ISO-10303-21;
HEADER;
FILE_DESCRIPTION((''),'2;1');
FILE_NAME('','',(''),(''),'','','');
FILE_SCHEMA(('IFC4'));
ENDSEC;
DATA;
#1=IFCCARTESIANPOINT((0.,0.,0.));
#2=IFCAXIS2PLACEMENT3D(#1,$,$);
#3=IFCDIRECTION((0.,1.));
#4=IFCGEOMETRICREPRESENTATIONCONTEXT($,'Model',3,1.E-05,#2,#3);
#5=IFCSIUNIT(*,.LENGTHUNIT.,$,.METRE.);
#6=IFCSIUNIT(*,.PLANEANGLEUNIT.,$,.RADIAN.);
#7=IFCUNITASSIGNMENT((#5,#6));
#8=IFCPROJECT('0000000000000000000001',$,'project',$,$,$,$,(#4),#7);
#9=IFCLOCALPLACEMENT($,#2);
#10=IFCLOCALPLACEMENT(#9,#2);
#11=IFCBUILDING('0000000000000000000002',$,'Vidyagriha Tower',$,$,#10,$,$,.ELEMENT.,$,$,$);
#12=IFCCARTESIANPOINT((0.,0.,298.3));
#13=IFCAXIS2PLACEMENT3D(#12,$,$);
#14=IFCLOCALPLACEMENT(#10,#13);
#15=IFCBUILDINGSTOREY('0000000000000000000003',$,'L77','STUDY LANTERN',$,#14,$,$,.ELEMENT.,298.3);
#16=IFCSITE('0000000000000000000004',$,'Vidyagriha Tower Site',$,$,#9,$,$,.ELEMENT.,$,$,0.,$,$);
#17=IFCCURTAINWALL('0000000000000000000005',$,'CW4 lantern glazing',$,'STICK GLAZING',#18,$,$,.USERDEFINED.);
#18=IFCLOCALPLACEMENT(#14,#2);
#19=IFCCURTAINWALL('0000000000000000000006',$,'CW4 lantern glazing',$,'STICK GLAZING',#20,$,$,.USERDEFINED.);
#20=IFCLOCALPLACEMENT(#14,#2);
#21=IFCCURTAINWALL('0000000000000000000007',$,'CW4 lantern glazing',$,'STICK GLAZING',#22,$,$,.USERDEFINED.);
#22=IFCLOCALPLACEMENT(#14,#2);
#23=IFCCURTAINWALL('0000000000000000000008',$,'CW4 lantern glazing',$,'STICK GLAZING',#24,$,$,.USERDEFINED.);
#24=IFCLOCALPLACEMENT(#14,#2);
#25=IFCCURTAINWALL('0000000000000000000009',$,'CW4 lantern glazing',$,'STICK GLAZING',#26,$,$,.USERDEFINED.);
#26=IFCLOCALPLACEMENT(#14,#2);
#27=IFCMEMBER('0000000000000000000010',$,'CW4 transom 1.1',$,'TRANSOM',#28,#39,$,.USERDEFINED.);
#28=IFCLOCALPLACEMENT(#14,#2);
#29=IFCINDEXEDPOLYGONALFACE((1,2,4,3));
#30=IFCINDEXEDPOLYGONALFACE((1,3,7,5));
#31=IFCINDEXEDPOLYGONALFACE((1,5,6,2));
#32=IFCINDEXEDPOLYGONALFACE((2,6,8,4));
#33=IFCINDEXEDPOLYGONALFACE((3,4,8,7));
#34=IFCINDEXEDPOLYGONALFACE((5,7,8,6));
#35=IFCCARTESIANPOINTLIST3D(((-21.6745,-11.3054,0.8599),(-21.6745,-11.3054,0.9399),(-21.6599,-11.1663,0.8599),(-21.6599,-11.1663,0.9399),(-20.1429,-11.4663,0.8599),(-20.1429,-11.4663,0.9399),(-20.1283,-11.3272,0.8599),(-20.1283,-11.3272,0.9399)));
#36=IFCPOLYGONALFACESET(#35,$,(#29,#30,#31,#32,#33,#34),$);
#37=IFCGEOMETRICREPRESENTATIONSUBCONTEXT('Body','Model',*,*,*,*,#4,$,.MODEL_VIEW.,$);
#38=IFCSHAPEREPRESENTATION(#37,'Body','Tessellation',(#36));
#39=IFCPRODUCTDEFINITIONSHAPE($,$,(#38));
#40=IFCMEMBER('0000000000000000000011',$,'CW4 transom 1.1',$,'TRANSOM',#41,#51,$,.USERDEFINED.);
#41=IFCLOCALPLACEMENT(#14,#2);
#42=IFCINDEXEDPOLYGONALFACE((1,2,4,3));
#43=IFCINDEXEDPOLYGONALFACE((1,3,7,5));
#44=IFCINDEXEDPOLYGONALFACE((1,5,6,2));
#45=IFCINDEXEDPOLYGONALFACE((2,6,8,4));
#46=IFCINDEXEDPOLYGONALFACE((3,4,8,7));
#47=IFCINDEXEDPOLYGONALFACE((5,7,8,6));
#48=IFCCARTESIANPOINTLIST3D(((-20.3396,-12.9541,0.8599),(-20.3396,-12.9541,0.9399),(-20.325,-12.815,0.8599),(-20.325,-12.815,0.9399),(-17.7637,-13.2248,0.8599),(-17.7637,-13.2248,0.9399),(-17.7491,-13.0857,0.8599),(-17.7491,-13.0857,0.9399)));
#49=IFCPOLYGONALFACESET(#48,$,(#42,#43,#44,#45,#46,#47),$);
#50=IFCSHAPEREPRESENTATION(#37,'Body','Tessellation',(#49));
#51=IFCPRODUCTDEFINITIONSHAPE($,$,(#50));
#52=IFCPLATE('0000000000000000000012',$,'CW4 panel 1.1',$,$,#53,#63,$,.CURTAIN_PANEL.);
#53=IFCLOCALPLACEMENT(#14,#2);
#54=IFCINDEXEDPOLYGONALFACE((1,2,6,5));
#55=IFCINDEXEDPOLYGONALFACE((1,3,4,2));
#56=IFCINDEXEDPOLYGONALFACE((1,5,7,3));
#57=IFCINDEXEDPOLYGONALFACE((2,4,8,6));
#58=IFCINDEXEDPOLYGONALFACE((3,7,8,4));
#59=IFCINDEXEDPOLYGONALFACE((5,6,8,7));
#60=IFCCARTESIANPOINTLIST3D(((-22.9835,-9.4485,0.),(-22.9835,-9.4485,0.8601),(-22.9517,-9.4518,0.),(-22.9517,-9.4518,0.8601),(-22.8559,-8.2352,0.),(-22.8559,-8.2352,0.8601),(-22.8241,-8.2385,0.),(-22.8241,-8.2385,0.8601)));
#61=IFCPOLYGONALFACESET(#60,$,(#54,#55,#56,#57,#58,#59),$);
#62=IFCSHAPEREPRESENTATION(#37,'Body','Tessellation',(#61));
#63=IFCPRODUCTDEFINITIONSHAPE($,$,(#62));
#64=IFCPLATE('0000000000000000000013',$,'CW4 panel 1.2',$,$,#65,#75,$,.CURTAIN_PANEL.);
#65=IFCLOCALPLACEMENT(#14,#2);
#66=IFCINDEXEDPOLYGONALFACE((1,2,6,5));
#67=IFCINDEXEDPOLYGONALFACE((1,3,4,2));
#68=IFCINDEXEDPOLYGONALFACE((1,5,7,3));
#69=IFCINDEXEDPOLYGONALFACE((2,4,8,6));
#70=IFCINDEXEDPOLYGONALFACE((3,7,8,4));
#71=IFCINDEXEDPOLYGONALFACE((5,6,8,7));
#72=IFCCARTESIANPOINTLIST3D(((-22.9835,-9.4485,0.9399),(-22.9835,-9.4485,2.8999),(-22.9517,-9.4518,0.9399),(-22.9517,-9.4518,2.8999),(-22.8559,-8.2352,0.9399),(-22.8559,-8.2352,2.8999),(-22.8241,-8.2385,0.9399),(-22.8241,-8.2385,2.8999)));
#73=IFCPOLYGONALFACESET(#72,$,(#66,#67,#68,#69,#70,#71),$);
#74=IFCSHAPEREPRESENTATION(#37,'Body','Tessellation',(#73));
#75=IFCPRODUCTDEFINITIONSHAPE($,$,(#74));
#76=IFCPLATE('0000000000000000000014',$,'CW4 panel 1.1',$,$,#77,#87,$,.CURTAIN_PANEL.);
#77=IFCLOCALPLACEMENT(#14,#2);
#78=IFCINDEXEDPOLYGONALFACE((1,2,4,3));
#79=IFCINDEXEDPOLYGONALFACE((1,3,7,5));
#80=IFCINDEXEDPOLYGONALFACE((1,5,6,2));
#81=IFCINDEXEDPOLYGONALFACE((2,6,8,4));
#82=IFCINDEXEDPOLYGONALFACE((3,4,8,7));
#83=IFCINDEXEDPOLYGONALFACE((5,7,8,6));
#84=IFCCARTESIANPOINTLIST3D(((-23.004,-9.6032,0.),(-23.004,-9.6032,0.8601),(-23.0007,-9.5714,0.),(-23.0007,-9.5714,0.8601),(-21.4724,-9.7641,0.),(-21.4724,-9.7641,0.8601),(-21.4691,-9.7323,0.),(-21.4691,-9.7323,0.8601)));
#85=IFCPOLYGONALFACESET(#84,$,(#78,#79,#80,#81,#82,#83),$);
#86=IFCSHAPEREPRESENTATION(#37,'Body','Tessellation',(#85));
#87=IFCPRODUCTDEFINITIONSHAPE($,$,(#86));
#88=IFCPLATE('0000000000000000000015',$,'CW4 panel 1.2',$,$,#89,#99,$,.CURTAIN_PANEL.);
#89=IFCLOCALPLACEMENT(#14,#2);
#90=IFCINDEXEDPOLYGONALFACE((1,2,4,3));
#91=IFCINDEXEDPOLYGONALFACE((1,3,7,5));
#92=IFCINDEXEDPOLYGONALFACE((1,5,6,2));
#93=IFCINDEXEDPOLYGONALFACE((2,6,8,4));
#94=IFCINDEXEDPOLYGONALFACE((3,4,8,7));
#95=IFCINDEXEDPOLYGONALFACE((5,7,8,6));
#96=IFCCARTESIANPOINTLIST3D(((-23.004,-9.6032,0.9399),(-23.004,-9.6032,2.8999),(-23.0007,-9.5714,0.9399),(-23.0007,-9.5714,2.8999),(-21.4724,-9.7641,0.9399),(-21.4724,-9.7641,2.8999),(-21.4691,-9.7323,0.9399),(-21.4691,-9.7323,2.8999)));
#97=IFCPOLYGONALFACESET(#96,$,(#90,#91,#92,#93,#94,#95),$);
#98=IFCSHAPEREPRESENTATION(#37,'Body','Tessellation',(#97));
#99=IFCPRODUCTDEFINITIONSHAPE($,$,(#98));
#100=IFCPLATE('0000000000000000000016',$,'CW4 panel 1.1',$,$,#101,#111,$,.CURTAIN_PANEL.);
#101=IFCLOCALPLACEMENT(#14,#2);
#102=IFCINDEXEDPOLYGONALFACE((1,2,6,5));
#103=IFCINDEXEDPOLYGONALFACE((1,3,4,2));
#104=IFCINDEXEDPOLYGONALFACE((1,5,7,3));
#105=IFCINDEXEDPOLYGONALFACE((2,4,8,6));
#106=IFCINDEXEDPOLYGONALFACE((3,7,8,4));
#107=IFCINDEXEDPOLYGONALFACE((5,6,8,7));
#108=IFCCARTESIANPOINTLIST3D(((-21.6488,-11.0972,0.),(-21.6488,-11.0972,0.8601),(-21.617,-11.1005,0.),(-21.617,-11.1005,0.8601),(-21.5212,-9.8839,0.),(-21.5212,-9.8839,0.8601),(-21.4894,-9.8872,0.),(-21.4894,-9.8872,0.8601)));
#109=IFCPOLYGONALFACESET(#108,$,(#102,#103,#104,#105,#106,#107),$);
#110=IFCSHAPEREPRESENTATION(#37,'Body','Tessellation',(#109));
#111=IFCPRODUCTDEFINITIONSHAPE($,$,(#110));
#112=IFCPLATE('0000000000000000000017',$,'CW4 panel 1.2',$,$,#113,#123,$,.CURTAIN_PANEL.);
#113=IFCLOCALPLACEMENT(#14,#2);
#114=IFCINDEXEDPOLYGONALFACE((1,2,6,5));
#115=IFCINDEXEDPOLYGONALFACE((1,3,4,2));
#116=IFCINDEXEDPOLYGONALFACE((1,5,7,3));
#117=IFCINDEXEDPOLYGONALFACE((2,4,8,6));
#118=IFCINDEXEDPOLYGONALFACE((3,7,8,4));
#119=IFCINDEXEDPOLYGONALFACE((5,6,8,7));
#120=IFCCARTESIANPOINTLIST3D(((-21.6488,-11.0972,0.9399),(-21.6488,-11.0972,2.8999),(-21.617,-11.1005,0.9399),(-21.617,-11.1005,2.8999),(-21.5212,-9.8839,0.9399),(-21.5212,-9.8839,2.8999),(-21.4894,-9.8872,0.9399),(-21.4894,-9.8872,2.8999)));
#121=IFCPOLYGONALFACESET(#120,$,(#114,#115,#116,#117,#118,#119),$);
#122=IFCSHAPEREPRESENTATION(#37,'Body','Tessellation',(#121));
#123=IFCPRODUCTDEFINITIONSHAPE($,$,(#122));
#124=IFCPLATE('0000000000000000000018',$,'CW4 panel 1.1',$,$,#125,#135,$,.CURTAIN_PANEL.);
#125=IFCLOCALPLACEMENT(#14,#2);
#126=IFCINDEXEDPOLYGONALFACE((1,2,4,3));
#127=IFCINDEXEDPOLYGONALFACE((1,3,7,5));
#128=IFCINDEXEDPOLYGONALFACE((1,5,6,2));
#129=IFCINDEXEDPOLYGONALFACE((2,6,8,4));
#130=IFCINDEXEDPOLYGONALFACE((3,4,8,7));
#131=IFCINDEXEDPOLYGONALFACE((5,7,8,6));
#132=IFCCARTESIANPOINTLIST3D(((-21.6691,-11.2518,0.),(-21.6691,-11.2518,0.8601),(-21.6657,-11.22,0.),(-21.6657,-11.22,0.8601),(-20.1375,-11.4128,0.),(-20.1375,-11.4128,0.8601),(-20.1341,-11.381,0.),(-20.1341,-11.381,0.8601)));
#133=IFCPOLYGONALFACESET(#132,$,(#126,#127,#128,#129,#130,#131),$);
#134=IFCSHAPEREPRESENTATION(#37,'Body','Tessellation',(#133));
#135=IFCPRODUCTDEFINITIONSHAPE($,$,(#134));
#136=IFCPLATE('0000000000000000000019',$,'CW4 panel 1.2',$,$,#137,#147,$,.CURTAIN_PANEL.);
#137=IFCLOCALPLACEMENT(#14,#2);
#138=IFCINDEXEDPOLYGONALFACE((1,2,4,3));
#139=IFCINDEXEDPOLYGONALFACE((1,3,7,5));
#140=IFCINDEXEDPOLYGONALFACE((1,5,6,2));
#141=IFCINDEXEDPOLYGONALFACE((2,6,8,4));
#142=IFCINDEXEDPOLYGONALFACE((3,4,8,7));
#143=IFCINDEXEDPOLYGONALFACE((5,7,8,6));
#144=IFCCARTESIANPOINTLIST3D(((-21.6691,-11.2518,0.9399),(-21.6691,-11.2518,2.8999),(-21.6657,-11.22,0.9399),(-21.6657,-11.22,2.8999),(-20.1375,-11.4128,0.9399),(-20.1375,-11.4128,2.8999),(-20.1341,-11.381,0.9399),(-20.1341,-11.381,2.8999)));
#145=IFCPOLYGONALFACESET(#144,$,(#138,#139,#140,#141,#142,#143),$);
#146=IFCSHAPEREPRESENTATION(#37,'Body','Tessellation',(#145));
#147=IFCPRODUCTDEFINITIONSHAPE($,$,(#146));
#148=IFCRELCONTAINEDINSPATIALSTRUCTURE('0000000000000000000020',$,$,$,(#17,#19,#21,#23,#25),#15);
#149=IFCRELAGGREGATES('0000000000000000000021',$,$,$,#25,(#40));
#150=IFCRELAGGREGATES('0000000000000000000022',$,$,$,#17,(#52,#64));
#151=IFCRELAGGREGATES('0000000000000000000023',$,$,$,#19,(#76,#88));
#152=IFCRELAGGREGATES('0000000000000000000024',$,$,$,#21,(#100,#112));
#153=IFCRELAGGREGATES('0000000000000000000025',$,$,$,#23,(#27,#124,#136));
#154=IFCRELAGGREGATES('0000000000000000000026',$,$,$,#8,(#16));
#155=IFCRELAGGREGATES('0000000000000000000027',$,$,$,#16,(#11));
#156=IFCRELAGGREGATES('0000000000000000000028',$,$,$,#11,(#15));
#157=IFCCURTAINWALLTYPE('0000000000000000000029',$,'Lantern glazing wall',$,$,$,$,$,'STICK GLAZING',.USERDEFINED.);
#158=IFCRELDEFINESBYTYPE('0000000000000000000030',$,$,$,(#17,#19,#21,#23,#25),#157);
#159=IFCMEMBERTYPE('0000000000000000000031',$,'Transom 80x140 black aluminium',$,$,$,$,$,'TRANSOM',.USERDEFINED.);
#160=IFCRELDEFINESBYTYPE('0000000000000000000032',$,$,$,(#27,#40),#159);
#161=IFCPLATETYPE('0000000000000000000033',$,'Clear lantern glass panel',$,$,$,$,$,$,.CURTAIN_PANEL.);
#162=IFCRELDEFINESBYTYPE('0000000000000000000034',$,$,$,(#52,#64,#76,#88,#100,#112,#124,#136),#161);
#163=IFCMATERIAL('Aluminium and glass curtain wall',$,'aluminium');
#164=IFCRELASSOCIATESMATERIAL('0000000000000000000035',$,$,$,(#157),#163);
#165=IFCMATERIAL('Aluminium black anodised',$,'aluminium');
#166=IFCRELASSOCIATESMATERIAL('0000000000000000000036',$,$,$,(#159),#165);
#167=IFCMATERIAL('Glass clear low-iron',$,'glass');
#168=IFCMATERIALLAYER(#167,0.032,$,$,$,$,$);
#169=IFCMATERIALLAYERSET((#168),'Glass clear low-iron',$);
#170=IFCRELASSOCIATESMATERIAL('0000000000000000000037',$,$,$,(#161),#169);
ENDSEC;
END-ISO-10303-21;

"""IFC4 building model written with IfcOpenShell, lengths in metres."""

from ifc_helpers import new_model, si_unit, direction, frame, origin, origin_2d, place, context, subcontext, project, spatial, rectangle, extrude, material, layer, layer_set, material_profile, profile_set, type_object, element, aggregate, save


model = new_model("IFC4")

# Units and contexts
model_context = context("Model", 3, precision=1e-05, world=origin(), true_north=direction((0.0, 1.0)))
body_context = subcontext(model_context, "Body", "Model", "MODEL_VIEW")
ifc_project = project(units=[si_unit("LENGTHUNIT", "METRE"), si_unit("PLANEANGLEUNIT", "RADIAN")], contexts=[model_context])

# Site, building, storey
site_placement = place(None, origin())
site = spatial("IfcSite", under=ifc_project, at=site_placement, Name="Vidyagriha Tower Site", CompositionType="ELEMENT", RefElevation=0.0)
building_placement = place(site_placement, origin())
building = spatial("IfcBuilding", under=site, at=building_placement, Name="Vidyagriha Tower", CompositionType="ELEMENT")
storey_placement = place(building_placement, frame((0.0, 0.0, 298.3)))
storey = spatial("IfcBuildingStorey", under=building, at=storey_placement, Name="L77", Description="STUDY LANTERN", CompositionType="ELEMENT", Elevation=298.3)

# Curtain wall
ifc_material_1 = material(Name="Aluminium and glass curtain wall", Category="aluminium")
curtain_wall_type = type_object("IfcCurtainWallType", Name="Lantern glazing wall", ElementType="STICK GLAZING", PredefinedType="USERDEFINED", material=ifc_material_1)
curtain_wall_1_placement = place(storey_placement, origin())
curtain_wall_1 = element("IfcCurtainWall", 1, at=curtain_wall_1_placement, inside=storey, type_object=curtain_wall_type, Name="CW4 lantern glazing", ObjectType="STICK GLAZING", PredefinedType="USERDEFINED")

# Curtain walls
curtain_wall_2_placement = place(storey_placement, origin())
curtain_wall_2 = element("IfcCurtainWall", 2, at=curtain_wall_2_placement, inside=storey, type_object=curtain_wall_type, Name="CW4 lantern glazing", ObjectType="STICK GLAZING", PredefinedType="USERDEFINED")
curtain_wall_3_placement = place(storey_placement, origin())
curtain_wall_3 = element("IfcCurtainWall", 3, at=curtain_wall_3_placement, inside=storey, type_object=curtain_wall_type, Name="CW4 lantern glazing", ObjectType="STICK GLAZING", PredefinedType="USERDEFINED")

# Curtain walls
curtain_wall_4_placement = place(storey_placement, origin())
curtain_wall_4 = element("IfcCurtainWall", 4, at=curtain_wall_4_placement, inside=storey, type_object=curtain_wall_type, Name="CW4 lantern glazing", ObjectType="STICK GLAZING", PredefinedType="USERDEFINED")
curtain_wall_5_placement = place(storey_placement, origin())
curtain_wall_5 = element("IfcCurtainWall", 5, at=curtain_wall_5_placement, inside=storey, type_object=curtain_wall_type, Name="CW4 lantern glazing", ObjectType="STICK GLAZING", PredefinedType="USERDEFINED")

# Members
ifc_material_2 = material(Name="Aluminium black anodised", Category="aluminium")
ifc_material_profile_1 = material_profile(ifc_material_2, rectangle(XDim=0.1399, YDim=0.0801, at=origin_2d()), Name="Transom 80x140 black aluminium")
ifc_profile_set_1 = profile_set([ifc_material_profile_1], Name="Aluminium black anodised")
member_type_1 = type_object("IfcMemberType", Name="Transom 80x140 black aluminium", ElementType="TRANSOM", PredefinedType="USERDEFINED", material=ifc_profile_set_1)
member_1_placement = place(storey_placement, frame((-21.6672, -11.2358, 0.8999), z_axis=(0.994527, -0.104478, 0.0), x_axis=(0.104478, 0.994527, 0.0)))
member_1 = element("IfcMember", 6, at=member_1_placement, type_object=member_type_1, Name="CW4 transom 1.1", ObjectType="TRANSOM", PredefinedType="USERDEFINED", context=body_context, shape_type="SweptSolid", body=[
    extrude(rectangle(XDim=0.1399, YDim=0.0801, at=origin_2d()), origin(), (0.0, 0.0, 1.0), 1.54),
])
member_2_placement = place(storey_placement, frame((-20.3323, -12.8845, 0.8999), z_axis=(0.994521, -0.104533, 0.0), x_axis=(0.104533, 0.994521, 0.0)))
member_2 = element("IfcMember", 7, at=member_2_placement, type_object=member_type_1, Name="CW4 transom 1.1", ObjectType="TRANSOM", PredefinedType="USERDEFINED", context=body_context, shape_type="SweptSolid", body=[
    extrude(rectangle(XDim=0.1399, YDim=0.0801, at=origin_2d()), origin(), (0.0, 0.0, 1.0), 2.5901),
])
aggregate(curtain_wall_5, [member_2])

# Plates
ifc_material_3 = material(Name="Glass clear low-iron", Category="glass")
ifc_layer = layer(ifc_material_3, 0.032)
ifc_layer_set = layer_set([ifc_layer], Name="Glass clear low-iron")
plate_type = type_object("IfcPlateType", Name="Clear lantern glass panel", PredefinedType="CURTAIN_PANEL", material=ifc_layer_set)
plate_1_placement = place(storey_placement, frame((-22.9038, -8.8435, 0.0), z_axis=(0.0, 0.0, 1.0), x_axis=(-0.104557, -0.994519, 0.0)))
plate_1 = element("IfcPlate", 8, at=plate_1_placement, type_object=plate_type, Name="CW4 panel 1.1", PredefinedType="CURTAIN_PANEL", context=body_context, shape_type="SweptSolid", body=[
    extrude(rectangle(XDim=1.22, YDim=0.032, at=origin_2d()), origin(), (0.0, 0.0, 1.0), 0.8601),
])
plate_2_placement = place(storey_placement, frame((-22.9038, -8.8435, 0.9399), z_axis=(0.0, 0.0, 1.0), x_axis=(-0.104557, -0.994519, 0.0)))
plate_2 = element("IfcPlate", 9, at=plate_2_placement, type_object=plate_type, Name="CW4 panel 1.2", PredefinedType="CURTAIN_PANEL", context=body_context, shape_type="SweptSolid", body=[
    extrude(rectangle(XDim=1.22, YDim=0.032, at=origin_2d()), origin(), (0.0, 0.0, 1.0), 1.96),
])
aggregate(curtain_wall_1, [plate_1, plate_2])
plate_3_placement = place(storey_placement, frame((-22.2366, -9.6677, 0.0), z_axis=(0.0, 0.0, 1.0), x_axis=(0.994529, -0.104459, 0.0)))
plate_3 = element("IfcPlate", 10, at=plate_3_placement, type_object=plate_type, Name="CW4 panel 1.1", PredefinedType="CURTAIN_PANEL", context=body_context, shape_type="SweptSolid", body=[
    extrude(rectangle(XDim=1.54, YDim=0.032, at=origin_2d()), origin(), (0.0, 0.0, 1.0), 0.8601),
])
plate_4_placement = place(storey_placement, frame((-22.2366, -9.6677, 0.9399), z_axis=(0.0, 0.0, 1.0), x_axis=(0.994529, -0.104459, 0.0)))
plate_4 = element("IfcPlate", 11, at=plate_4_placement, type_object=plate_type, Name="CW4 panel 1.2", PredefinedType="CURTAIN_PANEL", context=body_context, shape_type="SweptSolid", body=[
    extrude(rectangle(XDim=1.54, YDim=0.032, at=origin_2d()), origin(), (0.0, 0.0, 1.0), 1.96),
])
aggregate(curtain_wall_2, [plate_3, plate_4])
plate_5_placement = place(storey_placement, frame((-21.5691, -10.4922, 0.0), z_axis=(0.0, 0.0, 1.0), x_axis=(-0.104549, -0.99452, 0.0)))
plate_5 = element("IfcPlate", 12, at=plate_5_placement, type_object=plate_type, Name="CW4 panel 1.1", PredefinedType="CURTAIN_PANEL", context=body_context, shape_type="SweptSolid", body=[
    extrude(rectangle(XDim=1.22, YDim=0.032, at=origin_2d()), origin(), (0.0, 0.0, 1.0), 0.8601),
])
plate_6_placement = place(storey_placement, frame((-21.5691, -10.4922, 0.9399), z_axis=(0.0, 0.0, 1.0), x_axis=(-0.104549, -0.99452, 0.0)))
plate_6 = element("IfcPlate", 13, at=plate_6_placement, type_object=plate_type, Name="CW4 panel 1.2", PredefinedType="CURTAIN_PANEL", context=body_context, shape_type="SweptSolid", body=[
    extrude(rectangle(XDim=1.22, YDim=0.032, at=origin_2d()), origin(), (0.0, 0.0, 1.0), 1.96),
])
aggregate(curtain_wall_3, [plate_5, plate_6])
plate_7_placement = place(storey_placement, frame((-20.9016, -11.3164, 0.0), z_axis=(0.0, 0.0, 1.0), x_axis=(0.994523, -0.104519, 0.0)))
plate_7 = element("IfcPlate", 14, at=plate_7_placement, type_object=plate_type, Name="CW4 panel 1.1", PredefinedType="CURTAIN_PANEL", context=body_context, shape_type="SweptSolid", body=[
    extrude(rectangle(XDim=1.54, YDim=0.032, at=origin_2d()), origin(), (0.0, 0.0, 1.0), 0.8601),
])
plate_8_placement = place(storey_placement, frame((-20.9016, -11.3164, 0.9399), z_axis=(0.0, 0.0, 1.0), x_axis=(0.994523, -0.104519, 0.0)))
plate_8 = element("IfcPlate", 15, at=plate_8_placement, type_object=plate_type, Name="CW4 panel 1.2", PredefinedType="CURTAIN_PANEL", context=body_context, shape_type="SweptSolid", body=[
    extrude(rectangle(XDim=1.54, YDim=0.032, at=origin_2d()), origin(), (0.0, 0.0, 1.0), 1.96),
])
aggregate(curtain_wall_4, [member_1, plate_7, plate_8])

save(model, "model.ifc")
